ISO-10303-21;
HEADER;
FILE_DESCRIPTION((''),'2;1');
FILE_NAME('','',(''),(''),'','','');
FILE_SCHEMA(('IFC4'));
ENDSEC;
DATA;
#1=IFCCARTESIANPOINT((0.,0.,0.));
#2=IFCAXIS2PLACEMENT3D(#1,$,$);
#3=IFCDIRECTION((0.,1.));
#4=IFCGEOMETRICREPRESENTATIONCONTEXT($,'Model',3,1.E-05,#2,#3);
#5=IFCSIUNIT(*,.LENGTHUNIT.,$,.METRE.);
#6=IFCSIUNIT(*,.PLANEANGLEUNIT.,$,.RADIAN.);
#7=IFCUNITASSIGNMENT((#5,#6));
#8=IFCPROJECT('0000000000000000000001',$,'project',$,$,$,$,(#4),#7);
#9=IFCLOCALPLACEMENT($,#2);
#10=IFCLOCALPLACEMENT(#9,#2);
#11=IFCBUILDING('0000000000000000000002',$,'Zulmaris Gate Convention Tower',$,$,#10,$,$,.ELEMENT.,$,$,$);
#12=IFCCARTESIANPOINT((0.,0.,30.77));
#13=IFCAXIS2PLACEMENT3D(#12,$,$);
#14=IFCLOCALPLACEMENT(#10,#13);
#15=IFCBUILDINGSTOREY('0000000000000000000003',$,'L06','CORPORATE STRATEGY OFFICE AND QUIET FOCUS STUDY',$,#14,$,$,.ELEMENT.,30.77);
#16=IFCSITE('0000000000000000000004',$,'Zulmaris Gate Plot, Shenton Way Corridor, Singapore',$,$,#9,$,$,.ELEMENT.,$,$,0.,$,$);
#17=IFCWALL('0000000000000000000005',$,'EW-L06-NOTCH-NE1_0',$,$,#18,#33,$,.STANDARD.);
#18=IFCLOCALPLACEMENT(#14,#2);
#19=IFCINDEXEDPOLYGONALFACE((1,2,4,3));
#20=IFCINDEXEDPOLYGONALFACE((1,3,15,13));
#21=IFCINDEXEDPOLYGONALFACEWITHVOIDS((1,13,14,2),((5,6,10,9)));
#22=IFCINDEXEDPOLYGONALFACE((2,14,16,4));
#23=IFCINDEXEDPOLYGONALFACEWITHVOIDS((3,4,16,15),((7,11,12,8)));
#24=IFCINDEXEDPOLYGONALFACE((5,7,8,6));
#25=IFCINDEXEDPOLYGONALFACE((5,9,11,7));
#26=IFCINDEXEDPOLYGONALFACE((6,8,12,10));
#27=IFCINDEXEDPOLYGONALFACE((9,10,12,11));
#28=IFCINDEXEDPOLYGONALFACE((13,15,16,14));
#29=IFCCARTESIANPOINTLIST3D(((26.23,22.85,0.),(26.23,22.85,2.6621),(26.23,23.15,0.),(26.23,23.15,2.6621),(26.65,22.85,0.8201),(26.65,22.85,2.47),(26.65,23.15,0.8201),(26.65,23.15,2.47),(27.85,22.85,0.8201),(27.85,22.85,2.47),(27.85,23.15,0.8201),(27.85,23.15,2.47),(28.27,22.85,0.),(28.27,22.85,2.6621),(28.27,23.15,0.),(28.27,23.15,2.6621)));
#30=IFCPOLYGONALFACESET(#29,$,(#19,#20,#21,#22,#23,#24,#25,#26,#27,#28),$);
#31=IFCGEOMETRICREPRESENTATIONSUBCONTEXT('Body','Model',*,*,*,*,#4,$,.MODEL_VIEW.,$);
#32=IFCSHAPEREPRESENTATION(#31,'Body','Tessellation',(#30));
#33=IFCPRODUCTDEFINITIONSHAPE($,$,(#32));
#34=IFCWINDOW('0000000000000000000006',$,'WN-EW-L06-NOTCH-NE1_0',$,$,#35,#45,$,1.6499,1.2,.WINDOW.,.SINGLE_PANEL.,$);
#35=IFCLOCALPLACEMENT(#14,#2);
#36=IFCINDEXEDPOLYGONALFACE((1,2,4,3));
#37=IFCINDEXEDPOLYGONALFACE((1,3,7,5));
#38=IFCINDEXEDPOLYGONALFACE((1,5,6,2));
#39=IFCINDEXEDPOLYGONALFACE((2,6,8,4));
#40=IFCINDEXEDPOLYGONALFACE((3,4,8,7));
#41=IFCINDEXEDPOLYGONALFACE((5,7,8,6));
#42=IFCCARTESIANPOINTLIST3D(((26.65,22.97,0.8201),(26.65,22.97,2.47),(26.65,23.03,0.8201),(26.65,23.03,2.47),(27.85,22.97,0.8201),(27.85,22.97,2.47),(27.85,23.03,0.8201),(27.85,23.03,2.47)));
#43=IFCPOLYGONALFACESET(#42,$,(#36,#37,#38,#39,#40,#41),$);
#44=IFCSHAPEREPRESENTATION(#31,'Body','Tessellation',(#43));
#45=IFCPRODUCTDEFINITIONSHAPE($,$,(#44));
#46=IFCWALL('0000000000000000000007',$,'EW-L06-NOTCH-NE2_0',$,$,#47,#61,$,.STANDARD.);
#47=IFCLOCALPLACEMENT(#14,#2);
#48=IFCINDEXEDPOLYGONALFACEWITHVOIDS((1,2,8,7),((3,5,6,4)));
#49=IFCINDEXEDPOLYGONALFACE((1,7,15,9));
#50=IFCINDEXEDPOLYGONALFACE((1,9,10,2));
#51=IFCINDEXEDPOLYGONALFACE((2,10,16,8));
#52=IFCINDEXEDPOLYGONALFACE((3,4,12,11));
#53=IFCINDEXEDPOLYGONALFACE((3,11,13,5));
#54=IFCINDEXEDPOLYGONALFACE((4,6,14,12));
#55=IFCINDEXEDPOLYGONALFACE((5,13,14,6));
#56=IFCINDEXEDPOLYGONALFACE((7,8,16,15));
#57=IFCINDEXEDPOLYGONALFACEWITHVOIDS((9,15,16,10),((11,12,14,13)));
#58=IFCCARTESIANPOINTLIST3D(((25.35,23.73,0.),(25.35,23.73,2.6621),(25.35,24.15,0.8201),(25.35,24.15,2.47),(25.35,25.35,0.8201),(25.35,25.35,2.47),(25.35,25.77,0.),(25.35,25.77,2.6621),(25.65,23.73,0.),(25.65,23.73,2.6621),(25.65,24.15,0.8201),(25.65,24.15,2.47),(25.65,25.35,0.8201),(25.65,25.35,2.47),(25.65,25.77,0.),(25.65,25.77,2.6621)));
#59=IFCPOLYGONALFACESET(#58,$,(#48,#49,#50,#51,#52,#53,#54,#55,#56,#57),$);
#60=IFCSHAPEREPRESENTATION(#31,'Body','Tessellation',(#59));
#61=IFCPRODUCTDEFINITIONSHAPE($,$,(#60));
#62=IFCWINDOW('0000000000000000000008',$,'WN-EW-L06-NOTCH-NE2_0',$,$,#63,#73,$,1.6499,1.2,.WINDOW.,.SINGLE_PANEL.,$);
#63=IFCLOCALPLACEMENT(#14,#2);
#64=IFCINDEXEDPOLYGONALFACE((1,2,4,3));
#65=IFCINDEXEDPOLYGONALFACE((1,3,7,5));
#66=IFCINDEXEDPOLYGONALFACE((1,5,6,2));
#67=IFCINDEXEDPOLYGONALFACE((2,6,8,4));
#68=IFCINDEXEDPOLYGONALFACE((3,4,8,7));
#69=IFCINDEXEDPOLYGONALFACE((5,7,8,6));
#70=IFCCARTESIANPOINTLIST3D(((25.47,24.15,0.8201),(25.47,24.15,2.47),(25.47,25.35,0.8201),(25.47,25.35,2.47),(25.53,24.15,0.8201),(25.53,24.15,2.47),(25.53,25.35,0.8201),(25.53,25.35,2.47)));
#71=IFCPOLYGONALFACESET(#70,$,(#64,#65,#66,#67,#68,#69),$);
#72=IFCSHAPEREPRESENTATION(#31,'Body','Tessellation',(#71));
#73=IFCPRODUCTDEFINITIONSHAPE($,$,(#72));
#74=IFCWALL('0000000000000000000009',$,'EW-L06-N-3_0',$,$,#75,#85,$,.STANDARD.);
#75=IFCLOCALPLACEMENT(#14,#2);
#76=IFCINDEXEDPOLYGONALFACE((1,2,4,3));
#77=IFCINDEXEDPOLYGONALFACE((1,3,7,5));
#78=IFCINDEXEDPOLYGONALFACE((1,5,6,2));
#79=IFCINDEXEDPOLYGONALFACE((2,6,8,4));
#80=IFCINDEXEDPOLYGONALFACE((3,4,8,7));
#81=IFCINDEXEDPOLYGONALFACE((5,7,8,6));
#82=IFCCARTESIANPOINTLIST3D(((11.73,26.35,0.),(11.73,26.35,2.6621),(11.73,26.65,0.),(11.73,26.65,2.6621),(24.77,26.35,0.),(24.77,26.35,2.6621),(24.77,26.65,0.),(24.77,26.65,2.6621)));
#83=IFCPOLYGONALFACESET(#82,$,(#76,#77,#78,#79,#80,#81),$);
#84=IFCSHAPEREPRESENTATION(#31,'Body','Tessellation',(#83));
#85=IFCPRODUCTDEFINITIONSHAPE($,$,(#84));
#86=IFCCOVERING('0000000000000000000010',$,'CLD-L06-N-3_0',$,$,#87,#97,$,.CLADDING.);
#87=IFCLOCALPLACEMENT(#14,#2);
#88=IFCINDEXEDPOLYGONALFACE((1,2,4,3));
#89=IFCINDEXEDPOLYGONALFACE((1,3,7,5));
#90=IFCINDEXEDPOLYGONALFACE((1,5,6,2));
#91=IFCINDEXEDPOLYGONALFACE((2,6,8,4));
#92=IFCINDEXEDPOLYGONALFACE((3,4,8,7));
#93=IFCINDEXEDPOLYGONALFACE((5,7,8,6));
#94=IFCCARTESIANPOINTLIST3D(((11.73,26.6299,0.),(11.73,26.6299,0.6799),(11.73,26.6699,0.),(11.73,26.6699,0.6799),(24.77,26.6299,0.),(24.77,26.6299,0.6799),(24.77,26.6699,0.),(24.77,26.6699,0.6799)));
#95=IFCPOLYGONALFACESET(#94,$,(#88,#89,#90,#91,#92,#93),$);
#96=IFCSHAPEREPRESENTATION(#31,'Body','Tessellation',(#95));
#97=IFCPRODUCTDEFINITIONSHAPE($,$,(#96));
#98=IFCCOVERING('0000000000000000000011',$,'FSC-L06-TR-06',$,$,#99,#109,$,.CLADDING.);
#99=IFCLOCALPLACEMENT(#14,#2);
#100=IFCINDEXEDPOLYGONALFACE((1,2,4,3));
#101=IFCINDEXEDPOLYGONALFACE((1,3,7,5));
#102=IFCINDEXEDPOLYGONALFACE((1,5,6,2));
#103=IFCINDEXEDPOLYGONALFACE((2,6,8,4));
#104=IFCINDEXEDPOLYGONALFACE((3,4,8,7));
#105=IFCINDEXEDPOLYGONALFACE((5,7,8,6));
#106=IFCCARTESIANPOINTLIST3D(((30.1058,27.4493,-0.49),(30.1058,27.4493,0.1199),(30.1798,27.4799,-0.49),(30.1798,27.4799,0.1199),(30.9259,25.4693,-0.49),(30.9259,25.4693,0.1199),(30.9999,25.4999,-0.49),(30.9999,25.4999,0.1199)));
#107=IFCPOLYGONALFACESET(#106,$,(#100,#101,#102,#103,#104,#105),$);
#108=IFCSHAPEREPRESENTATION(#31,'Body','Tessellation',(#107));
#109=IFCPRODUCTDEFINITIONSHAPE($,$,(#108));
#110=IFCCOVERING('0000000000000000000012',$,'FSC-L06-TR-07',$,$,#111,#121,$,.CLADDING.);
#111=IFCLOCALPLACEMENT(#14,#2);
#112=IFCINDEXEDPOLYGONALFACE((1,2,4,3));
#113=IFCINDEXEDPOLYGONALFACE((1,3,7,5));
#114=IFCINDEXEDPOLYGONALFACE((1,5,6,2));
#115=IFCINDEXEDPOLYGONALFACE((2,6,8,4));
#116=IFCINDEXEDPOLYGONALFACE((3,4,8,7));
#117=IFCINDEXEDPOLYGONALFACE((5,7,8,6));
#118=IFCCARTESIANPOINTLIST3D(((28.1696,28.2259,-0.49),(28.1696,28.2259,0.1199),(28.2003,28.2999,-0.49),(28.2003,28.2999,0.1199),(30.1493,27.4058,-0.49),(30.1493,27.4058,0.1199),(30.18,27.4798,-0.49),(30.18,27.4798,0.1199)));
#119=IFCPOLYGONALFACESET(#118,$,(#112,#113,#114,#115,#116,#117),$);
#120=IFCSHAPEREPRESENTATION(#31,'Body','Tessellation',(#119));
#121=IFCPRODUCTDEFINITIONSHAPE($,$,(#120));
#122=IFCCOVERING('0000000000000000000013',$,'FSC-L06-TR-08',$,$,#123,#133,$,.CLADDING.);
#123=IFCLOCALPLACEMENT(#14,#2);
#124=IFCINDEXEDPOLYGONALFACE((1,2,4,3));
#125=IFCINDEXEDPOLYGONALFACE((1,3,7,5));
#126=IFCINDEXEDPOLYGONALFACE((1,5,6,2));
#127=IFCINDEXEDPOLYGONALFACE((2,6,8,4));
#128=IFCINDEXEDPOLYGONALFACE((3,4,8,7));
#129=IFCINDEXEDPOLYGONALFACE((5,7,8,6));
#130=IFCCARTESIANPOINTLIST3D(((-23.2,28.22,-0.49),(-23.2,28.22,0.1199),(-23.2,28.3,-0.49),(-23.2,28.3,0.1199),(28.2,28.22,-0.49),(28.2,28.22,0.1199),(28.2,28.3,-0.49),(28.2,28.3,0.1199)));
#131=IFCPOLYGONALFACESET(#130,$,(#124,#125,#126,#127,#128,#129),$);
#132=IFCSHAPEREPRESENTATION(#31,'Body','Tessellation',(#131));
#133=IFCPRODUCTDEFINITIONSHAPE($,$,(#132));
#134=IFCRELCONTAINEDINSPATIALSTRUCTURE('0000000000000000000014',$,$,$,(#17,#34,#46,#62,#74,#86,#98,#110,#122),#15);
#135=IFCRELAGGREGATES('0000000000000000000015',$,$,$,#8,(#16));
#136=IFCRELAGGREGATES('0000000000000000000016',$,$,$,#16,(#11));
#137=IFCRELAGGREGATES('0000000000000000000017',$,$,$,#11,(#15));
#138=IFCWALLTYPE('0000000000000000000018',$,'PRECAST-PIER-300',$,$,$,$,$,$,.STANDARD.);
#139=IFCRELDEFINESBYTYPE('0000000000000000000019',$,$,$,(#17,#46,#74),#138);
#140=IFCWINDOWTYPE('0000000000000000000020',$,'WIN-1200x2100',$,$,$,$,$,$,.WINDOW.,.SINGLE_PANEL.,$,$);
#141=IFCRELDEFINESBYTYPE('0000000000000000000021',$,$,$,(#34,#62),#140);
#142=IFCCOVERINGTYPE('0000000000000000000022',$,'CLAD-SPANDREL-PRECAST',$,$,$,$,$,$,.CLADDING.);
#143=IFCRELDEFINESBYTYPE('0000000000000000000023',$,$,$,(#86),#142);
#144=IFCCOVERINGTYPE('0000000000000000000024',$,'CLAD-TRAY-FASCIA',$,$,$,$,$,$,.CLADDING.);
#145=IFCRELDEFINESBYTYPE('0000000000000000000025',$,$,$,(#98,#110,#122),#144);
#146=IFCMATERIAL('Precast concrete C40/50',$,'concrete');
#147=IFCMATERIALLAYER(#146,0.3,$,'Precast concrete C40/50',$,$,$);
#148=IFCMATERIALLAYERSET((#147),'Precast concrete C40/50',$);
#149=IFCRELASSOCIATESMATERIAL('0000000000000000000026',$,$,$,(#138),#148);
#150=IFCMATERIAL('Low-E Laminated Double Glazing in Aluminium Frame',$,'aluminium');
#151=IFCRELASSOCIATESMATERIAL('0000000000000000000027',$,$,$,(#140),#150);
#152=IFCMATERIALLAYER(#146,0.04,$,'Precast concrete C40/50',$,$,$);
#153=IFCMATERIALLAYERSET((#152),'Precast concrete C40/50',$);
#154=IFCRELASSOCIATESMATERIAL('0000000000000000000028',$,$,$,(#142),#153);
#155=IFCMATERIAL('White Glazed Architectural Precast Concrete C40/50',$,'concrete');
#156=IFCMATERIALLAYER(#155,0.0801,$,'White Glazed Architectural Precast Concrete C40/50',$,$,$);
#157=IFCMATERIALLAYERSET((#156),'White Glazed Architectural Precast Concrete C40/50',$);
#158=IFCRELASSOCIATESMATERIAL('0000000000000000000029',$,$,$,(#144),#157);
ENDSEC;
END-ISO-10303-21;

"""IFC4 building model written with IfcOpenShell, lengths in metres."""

from ifc_helpers import new_model, si_unit, direction, frame, frame_2d, origin, place, context, subcontext, project, spatial, rectangle, extrude, material, layer, layer_set, type_object, element, fill, save


model = new_model("IFC4")

# Units and contexts
model_context = context("Model", 3, precision=1e-05, world=origin(), true_north=direction((0.0, 1.0)))
body_context = subcontext(model_context, "Body", "Model", "MODEL_VIEW")
ifc_project = project(units=[si_unit("LENGTHUNIT", "METRE"), si_unit("PLANEANGLEUNIT", "RADIAN")], contexts=[model_context])

# Site, building, storey
site_placement = place(None, origin())
site = spatial("IfcSite", under=ifc_project, at=site_placement, Name="Zulmaris Gate Plot, Shenton Way Corridor, Singapore", CompositionType="ELEMENT", RefElevation=0.0)
building_placement = place(site_placement, origin())
building = spatial("IfcBuilding", under=site, at=building_placement, Name="Zulmaris Gate Convention Tower", CompositionType="ELEMENT")
storey_placement = place(building_placement, frame((0.0, 0.0, 30.77)))
storey = spatial("IfcBuildingStorey", under=building, at=storey_placement, Name="L06", Description="CORPORATE STRATEGY OFFICE AND QUIET FOCUS STUDY", CompositionType="ELEMENT", Elevation=30.77)

# Walls, openings, windows
ifc_material_1 = material(Name="Precast concrete C40/50", Category="concrete")
ifc_layer_1 = layer(ifc_material_1, 0.3, Name="Precast concrete C40/50")
ifc_layer_set_1 = layer_set([ifc_layer_1], Name="Precast concrete C40/50")
wall_type_1 = type_object("IfcWallType", Name="PRECAST-PIER-300", PredefinedType="STANDARD", material=ifc_layer_set_1)
wall_1_placement = place(storey_placement, frame((28.27, 23.0, 0.0), z_axis=(0.0, 0.0, 1.0), x_axis=(-1.0, 0.0, 0.0)))
wall_1 = element("IfcWall", 1, at=wall_1_placement, inside=storey, type_object=wall_type_1, Name="EW-L06-NOTCH-NE1_0", PredefinedType="STANDARD", context=body_context, shape_type="SweptSolid", body=[
    extrude(rectangle(XDim=2.04, YDim=0.3, at=frame_2d((1.02, 0.0))), origin(), (0.0, 0.0, 1.0), 2.6621),
])
opening_1_placement = place(wall_1_placement, frame((0.4199, 0.0, 0.8201)))
opening_1 = element("IfcOpeningElement", 2, at=opening_1_placement, cuts=wall_1, PredefinedType="OPENING", context=body_context, shape_type="SweptSolid", body=[
    extrude(rectangle(XDim=1.2, YDim=1.6499, at=frame_2d((0.6001, 0.825))), frame((0.0, 0.1602, 0.0), z_axis=(0.0, -1.0, 0.0), x_axis=(1.0, 0.0, 0.0)), (0.0, 0.0, 1.0), 0.3201),
])
ifc_material_2 = material(Name="Low-E Laminated Double Glazing in Aluminium Frame", Category="aluminium")
window_type = type_object("IfcWindowType", Name="WIN-1200x2100", PartitioningType="SINGLE_PANEL", PredefinedType="WINDOW", material=ifc_material_2)
window_1_placement = place(opening_1_placement, origin())
window_1 = element("IfcWindow", 3, at=window_1_placement, inside=storey, type_object=window_type, Name="WN-EW-L06-NOTCH-NE1_0", OverallHeight=1.6499, OverallWidth=1.2, PartitioningType="SINGLE_PANEL", PredefinedType="WINDOW", context=body_context, shape_type="SweptSolid", body=[
    extrude(rectangle(XDim=1.2, YDim=1.6499, at=frame_2d((0.6001, 0.825))), frame((0.0, 0.03, 0.0), z_axis=(0.0, -1.0, 0.0), x_axis=(1.0, 0.0, 0.0)), (0.0, 0.0, 1.0), 0.0601),
])
fill(opening_1, window_1)
wall_2_placement = place(storey_placement, frame((25.5, 23.73, 0.0), z_axis=(0.0, 0.0, 1.0), x_axis=(0.0, 1.0, 0.0)))
wall_2 = element("IfcWall", 4, at=wall_2_placement, inside=storey, type_object=wall_type_1, Name="EW-L06-NOTCH-NE2_0", PredefinedType="STANDARD", context=body_context, shape_type="SweptSolid", body=[
    extrude(rectangle(XDim=2.04, YDim=0.3, at=frame_2d((1.02, 0.0))), origin(), (0.0, 0.0, 1.0), 2.6621),
])
opening_2_placement = place(wall_2_placement, frame((0.4199, 0.0, 0.8201)))
opening_2 = element("IfcOpeningElement", 5, at=opening_2_placement, cuts=wall_2, PredefinedType="OPENING", context=body_context, shape_type="SweptSolid", body=[
    extrude(rectangle(XDim=1.2, YDim=1.6499, at=frame_2d((0.6001, 0.825))), frame((0.0, 0.1602, 0.0), z_axis=(0.0, -1.0, 0.0), x_axis=(1.0, 0.0, 0.0)), (0.0, 0.0, 1.0), 0.3201),
])
window_2_placement = place(opening_2_placement, origin())
window_2 = element("IfcWindow", 6, at=window_2_placement, inside=storey, type_object=window_type, Name="WN-EW-L06-NOTCH-NE2_0", OverallHeight=1.6499, OverallWidth=1.2, PartitioningType="SINGLE_PANEL", PredefinedType="WINDOW", context=body_context, shape_type="SweptSolid", body=[
    extrude(rectangle(XDim=1.2, YDim=1.6499, at=frame_2d((0.6001, 0.825))), frame((0.0, 0.03, 0.0), z_axis=(0.0, -1.0, 0.0), x_axis=(1.0, 0.0, 0.0)), (0.0, 0.0, 1.0), 0.0601),
])
fill(opening_2, window_2)

# Wall
wall_3_placement = place(storey_placement, frame((24.77, 26.5, 0.0), z_axis=(0.0, 0.0, 1.0), x_axis=(-1.0, 0.0, 0.0)))
element("IfcWall", 7, at=wall_3_placement, inside=storey, type_object=wall_type_1, Name="EW-L06-N-3_0", PredefinedType="STANDARD", context=body_context, shape_type="SweptSolid", body=[
    extrude(rectangle(XDim=13.04, YDim=0.3, at=frame_2d((6.52, 0.0))), origin(), (0.0, 0.0, 1.0), 2.6621),
])

# Coverings
ifc_layer_2 = layer(ifc_material_1, 0.04, Name="Precast concrete C40/50")
ifc_layer_set_2 = layer_set([ifc_layer_2], Name="Precast concrete C40/50")
covering_type_1 = type_object("IfcCoveringType", Name="CLAD-SPANDREL-PRECAST", PredefinedType="CLADDING", material=ifc_layer_set_2)
covering_1_placement = place(storey_placement, frame((24.77, 26.6499, 0.0), z_axis=(0.0, 0.0, 1.0), x_axis=(-1.0, 0.0, 0.0)))
element("IfcCovering", 8, at=covering_1_placement, inside=storey, type_object=covering_type_1, Name="CLD-L06-N-3_0", PredefinedType="CLADDING", context=body_context, shape_type="SweptSolid", body=[
    extrude(rectangle(XDim=13.04, YDim=0.04, at=frame_2d((6.52, 0.0))), origin(), (0.0, 0.0, 1.0), 0.6799),
])
ifc_material_3 = material(Name="White Glazed Architectural Precast Concrete C40/50", Category="concrete")
ifc_layer_3 = layer(ifc_material_3, 0.0801, Name="White Glazed Architectural Precast Concrete C40/50")
ifc_layer_set_3 = layer_set([ifc_layer_3], Name="White Glazed Architectural Precast Concrete C40/50")
covering_type_2 = type_object("IfcCoveringType", Name="CLAD-TRAY-FASCIA", PredefinedType="CLADDING", material=ifc_layer_set_3)
covering_2_placement = place(storey_placement, frame((30.9629, 25.4846, -0.49), z_axis=(0.0, 0.0, 1.0), x_axis=(-0.382657, 0.92389, 0.0)))
element("IfcCovering", 9, at=covering_2_placement, inside=storey, type_object=covering_type_2, Name="FSC-L06-TR-06", PredefinedType="CLADDING", context=body_context, shape_type="SweptSolid", body=[
    extrude(rectangle(XDim=2.1431, YDim=0.0801, at=frame_2d((1.0715, 0.0))), origin(), (0.0, 0.0, 1.0), 0.6099),
])
covering_3_placement = place(storey_placement, frame((30.1646, 27.4429, -0.49), z_axis=(0.0, 0.0, 1.0), x_axis=(-0.923874, 0.382697, 0.0)))
element("IfcCovering", 10, at=covering_3_placement, inside=storey, type_object=covering_type_2, Name="FSC-L06-TR-07", PredefinedType="CLADDING", context=body_context, shape_type="SweptSolid", body=[
    extrude(rectangle(XDim=2.1428, YDim=0.0801, at=frame_2d((1.0713, 0.0))), origin(), (0.0, 0.0, 1.0), 0.6099),
])
covering_4_placement = place(storey_placement, frame((28.2, 28.26, -0.49), z_axis=(0.0, 0.0, 1.0), x_axis=(-1.0, 0.0, 0.0)))
element("IfcCovering", 11, at=covering_4_placement, inside=storey, type_object=covering_type_2, Name="FSC-L06-TR-08", PredefinedType="CLADDING", context=body_context, shape_type="SweptSolid", body=[
    extrude(rectangle(XDim=51.3999, YDim=0.0801, at=frame_2d((25.7, 0.0))), origin(), (0.0, 0.0, 1.0), 0.6099),
])

save(model, "model.ifc")
